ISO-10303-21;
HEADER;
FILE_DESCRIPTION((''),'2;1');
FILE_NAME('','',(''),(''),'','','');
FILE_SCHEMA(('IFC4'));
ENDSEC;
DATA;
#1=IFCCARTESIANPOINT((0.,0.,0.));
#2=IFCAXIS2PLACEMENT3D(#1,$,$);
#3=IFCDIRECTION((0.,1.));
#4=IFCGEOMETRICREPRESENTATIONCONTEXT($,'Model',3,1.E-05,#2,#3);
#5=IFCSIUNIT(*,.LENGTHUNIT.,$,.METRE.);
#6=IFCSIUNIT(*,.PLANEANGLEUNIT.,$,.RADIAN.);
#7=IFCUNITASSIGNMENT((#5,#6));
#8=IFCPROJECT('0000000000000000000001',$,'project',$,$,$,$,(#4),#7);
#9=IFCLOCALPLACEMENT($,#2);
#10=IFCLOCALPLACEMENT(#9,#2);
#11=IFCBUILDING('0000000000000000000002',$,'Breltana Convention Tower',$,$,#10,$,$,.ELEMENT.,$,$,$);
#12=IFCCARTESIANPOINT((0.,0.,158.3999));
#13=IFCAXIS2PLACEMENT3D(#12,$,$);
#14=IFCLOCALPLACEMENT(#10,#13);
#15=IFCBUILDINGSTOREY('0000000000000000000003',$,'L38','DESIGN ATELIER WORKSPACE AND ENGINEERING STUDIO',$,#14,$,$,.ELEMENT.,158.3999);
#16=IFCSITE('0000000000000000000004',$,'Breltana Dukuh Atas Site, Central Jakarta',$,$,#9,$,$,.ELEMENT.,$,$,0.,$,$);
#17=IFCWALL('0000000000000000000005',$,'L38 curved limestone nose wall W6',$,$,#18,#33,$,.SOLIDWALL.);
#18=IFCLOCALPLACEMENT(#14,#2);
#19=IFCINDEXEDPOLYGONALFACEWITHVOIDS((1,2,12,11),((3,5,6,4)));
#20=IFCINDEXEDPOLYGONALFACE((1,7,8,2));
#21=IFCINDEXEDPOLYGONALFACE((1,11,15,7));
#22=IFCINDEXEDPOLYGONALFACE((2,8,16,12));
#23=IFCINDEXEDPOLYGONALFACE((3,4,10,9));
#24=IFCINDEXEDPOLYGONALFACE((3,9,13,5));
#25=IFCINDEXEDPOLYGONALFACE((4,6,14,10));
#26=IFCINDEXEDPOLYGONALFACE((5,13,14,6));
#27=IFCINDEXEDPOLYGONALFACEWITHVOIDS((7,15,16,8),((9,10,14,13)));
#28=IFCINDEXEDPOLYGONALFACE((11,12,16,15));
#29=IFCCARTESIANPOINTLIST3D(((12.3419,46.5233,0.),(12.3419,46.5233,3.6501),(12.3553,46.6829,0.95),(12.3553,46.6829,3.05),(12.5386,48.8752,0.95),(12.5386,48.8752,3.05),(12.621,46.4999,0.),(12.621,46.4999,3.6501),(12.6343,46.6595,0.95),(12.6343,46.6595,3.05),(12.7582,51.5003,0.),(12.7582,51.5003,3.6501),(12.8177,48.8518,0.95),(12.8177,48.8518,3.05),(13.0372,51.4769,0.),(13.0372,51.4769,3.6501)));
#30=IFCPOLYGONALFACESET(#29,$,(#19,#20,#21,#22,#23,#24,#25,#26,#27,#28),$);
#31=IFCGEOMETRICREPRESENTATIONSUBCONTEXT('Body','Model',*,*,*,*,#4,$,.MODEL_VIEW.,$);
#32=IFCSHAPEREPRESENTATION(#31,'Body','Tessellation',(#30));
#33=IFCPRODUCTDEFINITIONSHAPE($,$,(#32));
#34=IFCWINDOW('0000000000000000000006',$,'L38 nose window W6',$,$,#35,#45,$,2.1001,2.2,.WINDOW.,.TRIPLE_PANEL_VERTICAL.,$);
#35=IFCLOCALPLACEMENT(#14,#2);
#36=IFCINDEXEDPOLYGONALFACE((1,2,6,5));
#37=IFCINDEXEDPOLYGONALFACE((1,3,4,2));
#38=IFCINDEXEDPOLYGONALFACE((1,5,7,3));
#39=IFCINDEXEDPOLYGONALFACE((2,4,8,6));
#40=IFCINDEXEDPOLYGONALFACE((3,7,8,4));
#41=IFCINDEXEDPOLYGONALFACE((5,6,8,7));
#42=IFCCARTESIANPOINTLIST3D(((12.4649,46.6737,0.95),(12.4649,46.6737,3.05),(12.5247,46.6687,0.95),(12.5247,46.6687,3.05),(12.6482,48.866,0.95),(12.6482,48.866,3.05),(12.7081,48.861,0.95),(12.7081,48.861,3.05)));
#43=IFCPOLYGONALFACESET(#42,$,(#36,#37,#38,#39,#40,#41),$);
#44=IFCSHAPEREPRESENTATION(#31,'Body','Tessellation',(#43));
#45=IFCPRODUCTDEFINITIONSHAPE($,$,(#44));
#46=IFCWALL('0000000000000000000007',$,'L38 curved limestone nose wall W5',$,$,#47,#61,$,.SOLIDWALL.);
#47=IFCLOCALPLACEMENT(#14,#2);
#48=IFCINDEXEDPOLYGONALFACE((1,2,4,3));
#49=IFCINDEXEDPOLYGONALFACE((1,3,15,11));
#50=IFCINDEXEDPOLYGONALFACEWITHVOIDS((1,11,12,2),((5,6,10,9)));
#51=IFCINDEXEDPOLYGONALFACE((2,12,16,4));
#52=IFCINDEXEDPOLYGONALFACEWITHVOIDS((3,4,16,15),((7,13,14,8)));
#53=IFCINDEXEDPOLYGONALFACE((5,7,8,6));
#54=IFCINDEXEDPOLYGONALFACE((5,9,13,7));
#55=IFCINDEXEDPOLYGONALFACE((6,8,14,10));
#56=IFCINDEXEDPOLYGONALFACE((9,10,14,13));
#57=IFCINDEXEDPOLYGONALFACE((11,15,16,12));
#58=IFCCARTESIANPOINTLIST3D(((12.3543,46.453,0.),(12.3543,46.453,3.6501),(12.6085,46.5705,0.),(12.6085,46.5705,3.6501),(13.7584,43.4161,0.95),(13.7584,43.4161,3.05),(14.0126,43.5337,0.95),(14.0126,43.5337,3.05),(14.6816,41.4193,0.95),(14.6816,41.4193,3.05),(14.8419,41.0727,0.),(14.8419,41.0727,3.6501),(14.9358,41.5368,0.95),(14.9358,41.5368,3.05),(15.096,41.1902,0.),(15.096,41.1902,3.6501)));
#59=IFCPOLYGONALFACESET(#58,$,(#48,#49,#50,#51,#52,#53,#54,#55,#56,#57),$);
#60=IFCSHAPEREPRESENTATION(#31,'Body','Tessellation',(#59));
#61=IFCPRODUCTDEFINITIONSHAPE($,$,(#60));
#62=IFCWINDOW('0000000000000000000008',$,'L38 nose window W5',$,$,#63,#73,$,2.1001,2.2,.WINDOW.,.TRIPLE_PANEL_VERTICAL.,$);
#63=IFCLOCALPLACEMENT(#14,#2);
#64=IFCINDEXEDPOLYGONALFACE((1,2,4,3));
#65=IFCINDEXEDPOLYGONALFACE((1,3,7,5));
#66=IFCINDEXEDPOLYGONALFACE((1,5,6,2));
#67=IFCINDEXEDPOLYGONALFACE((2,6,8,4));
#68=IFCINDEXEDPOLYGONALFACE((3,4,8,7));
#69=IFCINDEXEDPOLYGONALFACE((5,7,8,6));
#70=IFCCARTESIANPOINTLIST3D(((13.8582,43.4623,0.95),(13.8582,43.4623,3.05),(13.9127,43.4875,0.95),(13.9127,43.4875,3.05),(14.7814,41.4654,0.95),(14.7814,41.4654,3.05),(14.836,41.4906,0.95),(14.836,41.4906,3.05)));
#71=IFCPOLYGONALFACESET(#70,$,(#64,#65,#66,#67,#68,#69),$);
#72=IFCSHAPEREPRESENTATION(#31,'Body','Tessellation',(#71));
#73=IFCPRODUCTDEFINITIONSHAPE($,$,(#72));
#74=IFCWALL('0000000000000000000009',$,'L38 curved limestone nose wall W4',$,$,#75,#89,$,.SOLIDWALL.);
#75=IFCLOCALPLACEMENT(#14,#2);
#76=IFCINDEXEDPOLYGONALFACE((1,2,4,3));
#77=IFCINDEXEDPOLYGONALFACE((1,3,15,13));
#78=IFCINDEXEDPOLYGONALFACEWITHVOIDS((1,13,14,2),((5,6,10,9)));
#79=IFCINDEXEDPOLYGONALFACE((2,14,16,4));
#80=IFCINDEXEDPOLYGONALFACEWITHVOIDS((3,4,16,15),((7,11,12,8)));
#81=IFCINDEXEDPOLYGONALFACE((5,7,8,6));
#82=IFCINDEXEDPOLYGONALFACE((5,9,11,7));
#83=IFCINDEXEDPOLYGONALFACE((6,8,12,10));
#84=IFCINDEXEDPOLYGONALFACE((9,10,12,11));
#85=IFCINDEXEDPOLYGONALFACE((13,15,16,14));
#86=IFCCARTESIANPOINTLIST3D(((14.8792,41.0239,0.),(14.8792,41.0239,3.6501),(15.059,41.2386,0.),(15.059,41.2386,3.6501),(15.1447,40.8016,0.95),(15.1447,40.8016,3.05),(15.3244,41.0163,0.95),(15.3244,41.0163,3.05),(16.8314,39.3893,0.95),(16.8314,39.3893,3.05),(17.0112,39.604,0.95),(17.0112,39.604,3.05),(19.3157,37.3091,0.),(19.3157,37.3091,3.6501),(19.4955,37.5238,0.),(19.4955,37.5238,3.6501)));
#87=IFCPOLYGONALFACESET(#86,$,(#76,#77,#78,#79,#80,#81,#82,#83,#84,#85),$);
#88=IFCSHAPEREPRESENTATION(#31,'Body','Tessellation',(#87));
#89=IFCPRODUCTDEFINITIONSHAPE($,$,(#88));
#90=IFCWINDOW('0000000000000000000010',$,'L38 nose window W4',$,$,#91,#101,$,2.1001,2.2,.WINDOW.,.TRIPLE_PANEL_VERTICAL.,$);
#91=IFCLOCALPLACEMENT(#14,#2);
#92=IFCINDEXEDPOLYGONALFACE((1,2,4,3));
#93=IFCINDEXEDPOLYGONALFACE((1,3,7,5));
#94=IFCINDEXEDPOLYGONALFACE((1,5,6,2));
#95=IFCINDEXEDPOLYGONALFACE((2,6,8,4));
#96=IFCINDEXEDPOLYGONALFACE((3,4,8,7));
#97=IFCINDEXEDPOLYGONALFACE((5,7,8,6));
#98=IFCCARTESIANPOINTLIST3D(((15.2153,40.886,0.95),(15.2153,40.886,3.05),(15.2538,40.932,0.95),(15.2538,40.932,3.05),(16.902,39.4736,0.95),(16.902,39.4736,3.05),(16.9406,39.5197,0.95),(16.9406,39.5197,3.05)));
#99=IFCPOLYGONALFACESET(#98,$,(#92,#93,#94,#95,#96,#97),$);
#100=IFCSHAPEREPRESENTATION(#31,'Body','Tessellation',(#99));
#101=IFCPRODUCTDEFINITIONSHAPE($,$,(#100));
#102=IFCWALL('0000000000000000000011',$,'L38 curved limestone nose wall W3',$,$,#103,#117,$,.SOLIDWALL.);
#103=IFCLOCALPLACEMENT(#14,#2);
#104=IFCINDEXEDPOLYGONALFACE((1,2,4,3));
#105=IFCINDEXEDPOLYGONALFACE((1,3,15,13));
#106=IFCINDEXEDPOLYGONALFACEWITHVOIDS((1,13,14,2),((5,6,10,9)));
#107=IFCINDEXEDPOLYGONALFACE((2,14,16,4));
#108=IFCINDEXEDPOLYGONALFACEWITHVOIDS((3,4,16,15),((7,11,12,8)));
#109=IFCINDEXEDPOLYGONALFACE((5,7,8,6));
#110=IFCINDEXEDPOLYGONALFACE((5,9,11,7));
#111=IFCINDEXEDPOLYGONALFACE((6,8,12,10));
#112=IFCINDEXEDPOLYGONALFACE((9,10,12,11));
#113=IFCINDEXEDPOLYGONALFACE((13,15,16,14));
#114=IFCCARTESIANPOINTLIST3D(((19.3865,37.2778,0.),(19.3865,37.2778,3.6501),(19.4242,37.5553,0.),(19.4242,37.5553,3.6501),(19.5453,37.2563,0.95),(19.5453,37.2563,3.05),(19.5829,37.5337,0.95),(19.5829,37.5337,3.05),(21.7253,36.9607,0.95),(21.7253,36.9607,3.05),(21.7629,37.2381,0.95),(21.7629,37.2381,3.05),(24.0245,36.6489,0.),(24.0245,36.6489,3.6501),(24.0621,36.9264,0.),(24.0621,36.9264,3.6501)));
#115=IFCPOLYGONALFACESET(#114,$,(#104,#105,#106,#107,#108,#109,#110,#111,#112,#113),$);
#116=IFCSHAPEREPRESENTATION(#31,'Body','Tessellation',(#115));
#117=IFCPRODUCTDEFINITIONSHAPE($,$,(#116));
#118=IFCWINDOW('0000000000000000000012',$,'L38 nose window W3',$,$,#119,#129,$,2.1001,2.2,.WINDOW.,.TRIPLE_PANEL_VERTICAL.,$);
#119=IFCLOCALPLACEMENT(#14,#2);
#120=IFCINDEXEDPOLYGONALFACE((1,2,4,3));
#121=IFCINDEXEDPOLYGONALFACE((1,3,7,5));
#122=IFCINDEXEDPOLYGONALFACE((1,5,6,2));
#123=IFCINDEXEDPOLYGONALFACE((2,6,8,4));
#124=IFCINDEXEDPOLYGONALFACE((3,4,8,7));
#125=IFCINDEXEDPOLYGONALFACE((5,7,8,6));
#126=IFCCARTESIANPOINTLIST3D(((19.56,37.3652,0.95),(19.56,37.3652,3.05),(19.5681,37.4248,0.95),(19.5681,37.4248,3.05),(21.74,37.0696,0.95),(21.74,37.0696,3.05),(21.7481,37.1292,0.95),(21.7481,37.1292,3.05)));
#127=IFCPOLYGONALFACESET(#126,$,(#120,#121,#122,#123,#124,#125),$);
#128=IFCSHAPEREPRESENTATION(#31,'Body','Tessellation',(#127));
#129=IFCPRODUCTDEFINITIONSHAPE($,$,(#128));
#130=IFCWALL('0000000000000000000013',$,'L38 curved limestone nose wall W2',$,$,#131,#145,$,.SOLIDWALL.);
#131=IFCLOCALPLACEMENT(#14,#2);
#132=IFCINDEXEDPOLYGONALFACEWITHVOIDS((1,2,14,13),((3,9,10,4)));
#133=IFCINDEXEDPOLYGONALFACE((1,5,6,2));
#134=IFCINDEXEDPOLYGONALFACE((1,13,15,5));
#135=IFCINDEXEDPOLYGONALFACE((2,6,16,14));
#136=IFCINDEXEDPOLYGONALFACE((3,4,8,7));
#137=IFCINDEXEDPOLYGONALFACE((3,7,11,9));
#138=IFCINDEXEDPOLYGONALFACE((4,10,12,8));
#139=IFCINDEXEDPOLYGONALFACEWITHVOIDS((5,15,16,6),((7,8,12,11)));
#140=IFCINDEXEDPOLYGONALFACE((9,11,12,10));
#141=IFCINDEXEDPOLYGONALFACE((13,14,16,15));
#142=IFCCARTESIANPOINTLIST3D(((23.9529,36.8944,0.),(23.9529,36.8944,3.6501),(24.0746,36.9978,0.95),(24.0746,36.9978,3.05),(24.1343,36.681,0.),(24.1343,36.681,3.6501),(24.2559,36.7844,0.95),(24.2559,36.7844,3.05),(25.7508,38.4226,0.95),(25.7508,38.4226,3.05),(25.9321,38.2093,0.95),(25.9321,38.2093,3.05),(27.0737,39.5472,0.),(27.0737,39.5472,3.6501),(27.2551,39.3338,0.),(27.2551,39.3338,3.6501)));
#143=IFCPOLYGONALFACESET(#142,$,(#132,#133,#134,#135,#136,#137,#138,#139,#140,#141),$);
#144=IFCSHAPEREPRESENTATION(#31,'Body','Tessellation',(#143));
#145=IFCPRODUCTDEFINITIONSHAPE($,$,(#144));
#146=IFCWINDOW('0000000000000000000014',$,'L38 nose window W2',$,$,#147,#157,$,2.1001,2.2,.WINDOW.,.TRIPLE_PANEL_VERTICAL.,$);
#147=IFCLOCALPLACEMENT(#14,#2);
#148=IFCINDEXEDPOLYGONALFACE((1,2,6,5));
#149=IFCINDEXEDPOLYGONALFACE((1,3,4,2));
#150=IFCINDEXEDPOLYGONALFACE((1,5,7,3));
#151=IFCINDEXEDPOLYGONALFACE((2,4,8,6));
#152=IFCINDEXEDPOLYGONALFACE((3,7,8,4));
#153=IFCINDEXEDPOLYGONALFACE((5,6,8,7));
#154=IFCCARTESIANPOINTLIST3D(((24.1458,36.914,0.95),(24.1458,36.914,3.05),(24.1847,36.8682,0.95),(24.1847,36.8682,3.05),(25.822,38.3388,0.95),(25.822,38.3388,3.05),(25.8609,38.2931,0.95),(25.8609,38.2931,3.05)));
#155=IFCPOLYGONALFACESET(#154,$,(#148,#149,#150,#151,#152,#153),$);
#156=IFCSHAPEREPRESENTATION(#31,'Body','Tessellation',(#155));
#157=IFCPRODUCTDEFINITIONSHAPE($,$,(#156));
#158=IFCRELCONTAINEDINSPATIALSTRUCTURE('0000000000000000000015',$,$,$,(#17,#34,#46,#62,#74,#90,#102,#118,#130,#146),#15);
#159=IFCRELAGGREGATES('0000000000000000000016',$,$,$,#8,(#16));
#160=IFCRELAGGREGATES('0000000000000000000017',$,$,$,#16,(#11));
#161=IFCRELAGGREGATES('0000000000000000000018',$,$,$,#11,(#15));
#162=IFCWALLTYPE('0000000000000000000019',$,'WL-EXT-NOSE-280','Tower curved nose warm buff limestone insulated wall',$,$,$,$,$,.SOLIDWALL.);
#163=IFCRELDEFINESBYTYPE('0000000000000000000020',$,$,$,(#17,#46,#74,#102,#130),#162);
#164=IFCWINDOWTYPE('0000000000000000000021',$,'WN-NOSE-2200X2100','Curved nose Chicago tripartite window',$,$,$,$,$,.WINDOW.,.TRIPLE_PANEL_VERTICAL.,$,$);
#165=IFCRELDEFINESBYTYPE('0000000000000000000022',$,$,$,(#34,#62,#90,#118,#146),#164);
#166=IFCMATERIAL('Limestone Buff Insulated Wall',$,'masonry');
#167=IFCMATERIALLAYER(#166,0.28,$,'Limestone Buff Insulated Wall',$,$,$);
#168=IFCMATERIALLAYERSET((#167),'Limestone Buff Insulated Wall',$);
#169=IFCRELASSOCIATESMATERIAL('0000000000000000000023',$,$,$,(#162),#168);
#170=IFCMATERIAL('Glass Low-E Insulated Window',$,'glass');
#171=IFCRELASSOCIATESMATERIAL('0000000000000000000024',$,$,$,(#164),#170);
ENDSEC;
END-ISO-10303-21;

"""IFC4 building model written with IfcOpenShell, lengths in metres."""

from ifc_helpers import new_model, si_unit, direction, frame, frame_2d, origin, place, context, subcontext, project, spatial, rectangle, extrude, source, transform, mapped, material, layer, layer_set, type_object, type_shapes, element, fill, save


model = new_model("IFC4")

# Units and contexts
model_context = context("Model", 3, precision=1e-05, world=origin(), true_north=direction((0.0, 1.0)))
body_context = subcontext(model_context, "Body", "Model", "MODEL_VIEW")
ifc_project = project(units=[si_unit("LENGTHUNIT", "METRE"), si_unit("PLANEANGLEUNIT", "RADIAN")], contexts=[model_context])

# Site, building, storey
site_placement = place(None, origin())
site = spatial("IfcSite", under=ifc_project, at=site_placement, Name="Breltana Dukuh Atas Site, Central Jakarta", CompositionType="ELEMENT", RefElevation=0.0)
building_placement = place(site_placement, origin())
building = spatial("IfcBuilding", under=site, at=building_placement, Name="Breltana Convention Tower", CompositionType="ELEMENT")
storey_placement = place(building_placement, frame((0.0, 0.0, 158.3999)))
storey = spatial("IfcBuildingStorey", under=building, at=storey_placement, Name="L38", Description="DESIGN ATELIER WORKSPACE AND ENGINEERING STUDIO", CompositionType="ELEMENT", Elevation=158.3999)

# Walls, openings, windows
ifc_material_1 = material(Name="Limestone Buff Insulated Wall", Category="masonry")
ifc_layer_1 = layer(ifc_material_1, 0.28, Name="Limestone Buff Insulated Wall")
ifc_layer_set_1 = layer_set([ifc_layer_1], Name="Limestone Buff Insulated Wall")
wall_type = type_object("IfcWallType", Name="WL-EXT-NOSE-280", Description="Tower curved nose warm buff limestone insulated wall", PredefinedType="SOLIDWALL", material=ifc_layer_set_1)
shared_shape_1 = source(origin(), body_context, "Body", "SweptSolid", [
    extrude(rectangle(XDim=4.9944, YDim=0.28, at=frame_2d((2.4971, 0.0))), origin(), (0.0, 0.0, 1.0), 3.6501),
])
wall_1_placement = place(storey_placement, frame((12.4814, 46.5117, 0.0), z_axis=(0.0, 0.0, 1.0), x_axis=(0.083345, 0.996521, 0.0)))
wall_1 = element("IfcWall", 1, at=wall_1_placement, inside=storey, type_object=wall_type, Name="L38 curved limestone nose wall W6", PredefinedType="SOLIDWALL", context=body_context, shape_type="MappedRepresentation", body=[
    mapped(shared_shape_1, transform((0.0, 0.0, 0.0), scale=1.0)),
])
opening_1_placement = place(wall_1_placement, frame((0.1599, 0.0, 0.95)))
opening_1 = element("IfcOpeningElement", 2, at=opening_1_placement, cuts=wall_1, PredefinedType="OPENING", context=body_context, shape_type="SweptSolid", body=[
    extrude(rectangle(XDim=2.2, YDim=2.1001, at=frame_2d((1.1001, 1.05))), frame((0.0, 0.1499, 0.0), z_axis=(0.0, -1.0, 0.0), x_axis=(1.0, 0.0, 0.0)), (0.0, 0.0, 1.0), 0.3),
])
ifc_material_2 = material(Name="Glass Low-E Insulated Window", Category="glass")
window_type_1 = type_object("IfcWindowType", Name="WN-NOSE-2200X2100", Description="Curved nose Chicago tripartite window", PartitioningType="TRIPLE_PANEL_VERTICAL", PredefinedType="WINDOW", material=ifc_material_2)
shared_shape_2 = source(origin(), body_context, "Body", "SweptSolid", [
    extrude(rectangle(XDim=2.2, YDim=2.1001, at=frame_2d((1.1001, 1.05))), frame((0.0, 0.03, 0.0), z_axis=(0.0, -1.0, 0.0), x_axis=(1.0, 0.0, 0.0)), (0.0, 0.0, 1.0), 0.0601),
])
type_shapes(window_type_1, [shared_shape_2])
window_1_placement = place(opening_1_placement, origin())
window_1 = element("IfcWindow", 3, at=window_1_placement, inside=storey, type_object=window_type_1, Name="L38 nose window W6", OverallHeight=2.1001, OverallWidth=2.2, PartitioningType="TRIPLE_PANEL_VERTICAL", PredefinedType="WINDOW", context=body_context, shape_type="MappedRepresentation", body=[
    mapped(shared_shape_2, transform((0.0, 0.0, 0.0), scale=1.0)),
])
fill(opening_1, window_1)
shared_shape_3 = source(origin(), body_context, "Body", "SweptSolid", [
    extrude(rectangle(XDim=5.9275, YDim=0.28, at=frame_2d((2.9639, 0.0))), origin(), (0.0, 0.0, 1.0), 3.6501),
])
wall_2_placement = place(storey_placement, frame((14.969, 41.1313, 0.0), z_axis=(0.0, 0.0, 1.0), x_axis=(-0.419656, 0.907683, 0.0)))
wall_2 = element("IfcWall", 4, at=wall_2_placement, inside=storey, type_object=wall_type, Name="L38 curved limestone nose wall W5", PredefinedType="SOLIDWALL", context=body_context, shape_type="MappedRepresentation", body=[
    mapped(shared_shape_3, transform((0.0, 0.0, 0.0), scale=1.0)),
])
opening_2_placement = place(wall_2_placement, frame((0.3818, 0.0, 0.95)))
opening_2 = element("IfcOpeningElement", 5, at=opening_2_placement, cuts=wall_2, PredefinedType="OPENING", context=body_context, shape_type="SweptSolid", body=[
    extrude(rectangle(XDim=2.2, YDim=2.1001, at=frame_2d((1.1001, 1.05))), frame((0.0, 0.1499, 0.0), z_axis=(0.0, -1.0, 0.0), x_axis=(1.0, 0.0, 0.0)), (0.0, 0.0, 1.0), 0.3),
])
window_2_placement = place(opening_2_placement, origin())
window_2 = element("IfcWindow", 6, at=window_2_placement, inside=storey, type_object=window_type_1, Name="L38 nose window W5", OverallHeight=2.1001, OverallWidth=2.2, PartitioningType="TRIPLE_PANEL_VERTICAL", PredefinedType="WINDOW", context=body_context, shape_type="MappedRepresentation", body=[
    mapped(shared_shape_2, transform((0.0, 0.0, 0.0), scale=1.0)),
])
fill(opening_2, window_2)
shared_shape_4 = source(origin(), body_context, "Body", "SweptSolid", [
    extrude(rectangle(XDim=5.7864, YDim=0.28, at=frame_2d((2.8931, 0.0))), origin(), (0.0, 0.0, 1.0), 3.6501),
])
wall_3_placement = place(storey_placement, frame((19.4055, 37.4165, 0.0), z_axis=(0.0, 0.0, 1.0), x_axis=(-0.766711, 0.641992, 0.0)))
wall_3 = element("IfcWall", 7, at=wall_3_placement, inside=storey, type_object=wall_type, Name="L38 curved limestone nose wall W4", PredefinedType="SOLIDWALL", context=body_context, shape_type="MappedRepresentation", body=[
    mapped(shared_shape_4, transform((0.0, 0.0, 0.0), scale=1.0)),
])
opening_3_placement = place(wall_3_placement, frame((3.24, 0.0, 0.95)))
opening_3 = element("IfcOpeningElement", 8, at=opening_3_placement, cuts=wall_3, PredefinedType="OPENING", context=body_context, shape_type="SweptSolid", body=[
    extrude(rectangle(XDim=2.2, YDim=2.1001, at=frame_2d((1.1001, 1.05))), frame((0.0, 0.1499, 0.0), z_axis=(0.0, -1.0, 0.0), x_axis=(1.0, 0.0, 0.0)), (0.0, 0.0, 1.0), 0.3),
])
window_3_placement = place(opening_3_placement, origin())
window_3 = element("IfcWindow", 9, at=window_3_placement, inside=storey, type_object=window_type_1, Name="L38 nose window W4", OverallHeight=2.1001, OverallWidth=2.2, PartitioningType="TRIPLE_PANEL_VERTICAL", PredefinedType="WINDOW", context=body_context, shape_type="MappedRepresentation", body=[
    mapped(shared_shape_2, transform((0.0, 0.0, 0.0), scale=1.0)),
])
fill(opening_3, window_3)
shared_shape_5 = source(origin(), body_context, "Body", "SweptSolid", [
    extrude(rectangle(XDim=4.6804, YDim=0.28, at=frame_2d((2.3403, 0.0))), origin(), (0.0, 0.0, 1.0), 3.6501),
])
wall_4_placement = place(storey_placement, frame((24.0435, 36.7876, 0.0), z_axis=(0.0, 0.0, 1.0), x_axis=(-0.990931, 0.134371, 0.0)))
wall_4 = element("IfcWall", 10, at=wall_4_placement, inside=storey, type_object=wall_type, Name="L38 curved limestone nose wall W3", PredefinedType="SOLIDWALL", context=body_context, shape_type="MappedRepresentation", body=[
    mapped(shared_shape_5, transform((0.0, 0.0, 0.0), scale=1.0)),
])
opening_4_placement = place(wall_4_placement, frame((2.3203, 0.0, 0.95)))
opening_4 = element("IfcOpeningElement", 11, at=opening_4_placement, cuts=wall_4, PredefinedType="OPENING", context=body_context, shape_type="SweptSolid", body=[
    extrude(rectangle(XDim=2.2, YDim=2.1001, at=frame_2d((1.1001, 1.05))), frame((0.0, 0.1499, 0.0), z_axis=(0.0, -1.0, 0.0), x_axis=(1.0, 0.0, 0.0)), (0.0, 0.0, 1.0), 0.3),
])
window_4_placement = place(opening_4_placement, origin())
window_4 = element("IfcWindow", 12, at=window_4_placement, inside=storey, type_object=window_type_1, Name="L38 nose window W3", OverallHeight=2.1001, OverallWidth=2.2, PartitioningType="TRIPLE_PANEL_VERTICAL", PredefinedType="WINDOW", context=body_context, shape_type="MappedRepresentation", body=[
    mapped(shared_shape_2, transform((0.0, 0.0, 0.0), scale=1.0)),
])
fill(opening_4, window_4)
shared_shape_6 = source(origin(), body_context, "Body", "SweptSolid", [
    extrude(rectangle(XDim=4.0959, YDim=0.28, at=frame_2d((2.0479, 0.0))), origin(), (0.0, 0.0, 1.0), 3.6501),
])
wall_5_placement = place(storey_placement, frame((27.1643, 39.4404, 0.0), z_axis=(0.0, 0.0, 1.0), x_axis=(-0.761926, -0.647664, 0.0)))
wall_5 = element("IfcWall", 13, at=wall_5_placement, inside=storey, type_object=wall_type, Name="L38 curved limestone nose wall W2", PredefinedType="SOLIDWALL", context=body_context, shape_type="MappedRepresentation", body=[
    mapped(shared_shape_6, transform((0.0, 0.0, 0.0), scale=1.0)),
])
opening_5_placement = place(wall_5_placement, frame((1.7361, 0.0, 0.95)))
opening_5 = element("IfcOpeningElement", 14, at=opening_5_placement, cuts=wall_5, PredefinedType="OPENING", context=body_context, shape_type="SweptSolid", body=[
    extrude(rectangle(XDim=2.2, YDim=2.1001, at=frame_2d((1.1001, 1.05))), frame((0.0, 0.1499, 0.0), z_axis=(0.0, -1.0, 0.0), x_axis=(1.0, 0.0, 0.0)), (0.0, 0.0, 1.0), 0.3),
])
window_5_placement = place(opening_5_placement, origin())
window_5 = element("IfcWindow", 15, at=window_5_placement, inside=storey, type_object=window_type_1, Name="L38 nose window W2", OverallHeight=2.1001, OverallWidth=2.2, PartitioningType="TRIPLE_PANEL_VERTICAL", PredefinedType="WINDOW", context=body_context, shape_type="MappedRepresentation", body=[
    mapped(shared_shape_2, transform((0.0, 0.0, 0.0), scale=1.0)),
])
fill(opening_5, window_5)

save(model, "model.ifc")
